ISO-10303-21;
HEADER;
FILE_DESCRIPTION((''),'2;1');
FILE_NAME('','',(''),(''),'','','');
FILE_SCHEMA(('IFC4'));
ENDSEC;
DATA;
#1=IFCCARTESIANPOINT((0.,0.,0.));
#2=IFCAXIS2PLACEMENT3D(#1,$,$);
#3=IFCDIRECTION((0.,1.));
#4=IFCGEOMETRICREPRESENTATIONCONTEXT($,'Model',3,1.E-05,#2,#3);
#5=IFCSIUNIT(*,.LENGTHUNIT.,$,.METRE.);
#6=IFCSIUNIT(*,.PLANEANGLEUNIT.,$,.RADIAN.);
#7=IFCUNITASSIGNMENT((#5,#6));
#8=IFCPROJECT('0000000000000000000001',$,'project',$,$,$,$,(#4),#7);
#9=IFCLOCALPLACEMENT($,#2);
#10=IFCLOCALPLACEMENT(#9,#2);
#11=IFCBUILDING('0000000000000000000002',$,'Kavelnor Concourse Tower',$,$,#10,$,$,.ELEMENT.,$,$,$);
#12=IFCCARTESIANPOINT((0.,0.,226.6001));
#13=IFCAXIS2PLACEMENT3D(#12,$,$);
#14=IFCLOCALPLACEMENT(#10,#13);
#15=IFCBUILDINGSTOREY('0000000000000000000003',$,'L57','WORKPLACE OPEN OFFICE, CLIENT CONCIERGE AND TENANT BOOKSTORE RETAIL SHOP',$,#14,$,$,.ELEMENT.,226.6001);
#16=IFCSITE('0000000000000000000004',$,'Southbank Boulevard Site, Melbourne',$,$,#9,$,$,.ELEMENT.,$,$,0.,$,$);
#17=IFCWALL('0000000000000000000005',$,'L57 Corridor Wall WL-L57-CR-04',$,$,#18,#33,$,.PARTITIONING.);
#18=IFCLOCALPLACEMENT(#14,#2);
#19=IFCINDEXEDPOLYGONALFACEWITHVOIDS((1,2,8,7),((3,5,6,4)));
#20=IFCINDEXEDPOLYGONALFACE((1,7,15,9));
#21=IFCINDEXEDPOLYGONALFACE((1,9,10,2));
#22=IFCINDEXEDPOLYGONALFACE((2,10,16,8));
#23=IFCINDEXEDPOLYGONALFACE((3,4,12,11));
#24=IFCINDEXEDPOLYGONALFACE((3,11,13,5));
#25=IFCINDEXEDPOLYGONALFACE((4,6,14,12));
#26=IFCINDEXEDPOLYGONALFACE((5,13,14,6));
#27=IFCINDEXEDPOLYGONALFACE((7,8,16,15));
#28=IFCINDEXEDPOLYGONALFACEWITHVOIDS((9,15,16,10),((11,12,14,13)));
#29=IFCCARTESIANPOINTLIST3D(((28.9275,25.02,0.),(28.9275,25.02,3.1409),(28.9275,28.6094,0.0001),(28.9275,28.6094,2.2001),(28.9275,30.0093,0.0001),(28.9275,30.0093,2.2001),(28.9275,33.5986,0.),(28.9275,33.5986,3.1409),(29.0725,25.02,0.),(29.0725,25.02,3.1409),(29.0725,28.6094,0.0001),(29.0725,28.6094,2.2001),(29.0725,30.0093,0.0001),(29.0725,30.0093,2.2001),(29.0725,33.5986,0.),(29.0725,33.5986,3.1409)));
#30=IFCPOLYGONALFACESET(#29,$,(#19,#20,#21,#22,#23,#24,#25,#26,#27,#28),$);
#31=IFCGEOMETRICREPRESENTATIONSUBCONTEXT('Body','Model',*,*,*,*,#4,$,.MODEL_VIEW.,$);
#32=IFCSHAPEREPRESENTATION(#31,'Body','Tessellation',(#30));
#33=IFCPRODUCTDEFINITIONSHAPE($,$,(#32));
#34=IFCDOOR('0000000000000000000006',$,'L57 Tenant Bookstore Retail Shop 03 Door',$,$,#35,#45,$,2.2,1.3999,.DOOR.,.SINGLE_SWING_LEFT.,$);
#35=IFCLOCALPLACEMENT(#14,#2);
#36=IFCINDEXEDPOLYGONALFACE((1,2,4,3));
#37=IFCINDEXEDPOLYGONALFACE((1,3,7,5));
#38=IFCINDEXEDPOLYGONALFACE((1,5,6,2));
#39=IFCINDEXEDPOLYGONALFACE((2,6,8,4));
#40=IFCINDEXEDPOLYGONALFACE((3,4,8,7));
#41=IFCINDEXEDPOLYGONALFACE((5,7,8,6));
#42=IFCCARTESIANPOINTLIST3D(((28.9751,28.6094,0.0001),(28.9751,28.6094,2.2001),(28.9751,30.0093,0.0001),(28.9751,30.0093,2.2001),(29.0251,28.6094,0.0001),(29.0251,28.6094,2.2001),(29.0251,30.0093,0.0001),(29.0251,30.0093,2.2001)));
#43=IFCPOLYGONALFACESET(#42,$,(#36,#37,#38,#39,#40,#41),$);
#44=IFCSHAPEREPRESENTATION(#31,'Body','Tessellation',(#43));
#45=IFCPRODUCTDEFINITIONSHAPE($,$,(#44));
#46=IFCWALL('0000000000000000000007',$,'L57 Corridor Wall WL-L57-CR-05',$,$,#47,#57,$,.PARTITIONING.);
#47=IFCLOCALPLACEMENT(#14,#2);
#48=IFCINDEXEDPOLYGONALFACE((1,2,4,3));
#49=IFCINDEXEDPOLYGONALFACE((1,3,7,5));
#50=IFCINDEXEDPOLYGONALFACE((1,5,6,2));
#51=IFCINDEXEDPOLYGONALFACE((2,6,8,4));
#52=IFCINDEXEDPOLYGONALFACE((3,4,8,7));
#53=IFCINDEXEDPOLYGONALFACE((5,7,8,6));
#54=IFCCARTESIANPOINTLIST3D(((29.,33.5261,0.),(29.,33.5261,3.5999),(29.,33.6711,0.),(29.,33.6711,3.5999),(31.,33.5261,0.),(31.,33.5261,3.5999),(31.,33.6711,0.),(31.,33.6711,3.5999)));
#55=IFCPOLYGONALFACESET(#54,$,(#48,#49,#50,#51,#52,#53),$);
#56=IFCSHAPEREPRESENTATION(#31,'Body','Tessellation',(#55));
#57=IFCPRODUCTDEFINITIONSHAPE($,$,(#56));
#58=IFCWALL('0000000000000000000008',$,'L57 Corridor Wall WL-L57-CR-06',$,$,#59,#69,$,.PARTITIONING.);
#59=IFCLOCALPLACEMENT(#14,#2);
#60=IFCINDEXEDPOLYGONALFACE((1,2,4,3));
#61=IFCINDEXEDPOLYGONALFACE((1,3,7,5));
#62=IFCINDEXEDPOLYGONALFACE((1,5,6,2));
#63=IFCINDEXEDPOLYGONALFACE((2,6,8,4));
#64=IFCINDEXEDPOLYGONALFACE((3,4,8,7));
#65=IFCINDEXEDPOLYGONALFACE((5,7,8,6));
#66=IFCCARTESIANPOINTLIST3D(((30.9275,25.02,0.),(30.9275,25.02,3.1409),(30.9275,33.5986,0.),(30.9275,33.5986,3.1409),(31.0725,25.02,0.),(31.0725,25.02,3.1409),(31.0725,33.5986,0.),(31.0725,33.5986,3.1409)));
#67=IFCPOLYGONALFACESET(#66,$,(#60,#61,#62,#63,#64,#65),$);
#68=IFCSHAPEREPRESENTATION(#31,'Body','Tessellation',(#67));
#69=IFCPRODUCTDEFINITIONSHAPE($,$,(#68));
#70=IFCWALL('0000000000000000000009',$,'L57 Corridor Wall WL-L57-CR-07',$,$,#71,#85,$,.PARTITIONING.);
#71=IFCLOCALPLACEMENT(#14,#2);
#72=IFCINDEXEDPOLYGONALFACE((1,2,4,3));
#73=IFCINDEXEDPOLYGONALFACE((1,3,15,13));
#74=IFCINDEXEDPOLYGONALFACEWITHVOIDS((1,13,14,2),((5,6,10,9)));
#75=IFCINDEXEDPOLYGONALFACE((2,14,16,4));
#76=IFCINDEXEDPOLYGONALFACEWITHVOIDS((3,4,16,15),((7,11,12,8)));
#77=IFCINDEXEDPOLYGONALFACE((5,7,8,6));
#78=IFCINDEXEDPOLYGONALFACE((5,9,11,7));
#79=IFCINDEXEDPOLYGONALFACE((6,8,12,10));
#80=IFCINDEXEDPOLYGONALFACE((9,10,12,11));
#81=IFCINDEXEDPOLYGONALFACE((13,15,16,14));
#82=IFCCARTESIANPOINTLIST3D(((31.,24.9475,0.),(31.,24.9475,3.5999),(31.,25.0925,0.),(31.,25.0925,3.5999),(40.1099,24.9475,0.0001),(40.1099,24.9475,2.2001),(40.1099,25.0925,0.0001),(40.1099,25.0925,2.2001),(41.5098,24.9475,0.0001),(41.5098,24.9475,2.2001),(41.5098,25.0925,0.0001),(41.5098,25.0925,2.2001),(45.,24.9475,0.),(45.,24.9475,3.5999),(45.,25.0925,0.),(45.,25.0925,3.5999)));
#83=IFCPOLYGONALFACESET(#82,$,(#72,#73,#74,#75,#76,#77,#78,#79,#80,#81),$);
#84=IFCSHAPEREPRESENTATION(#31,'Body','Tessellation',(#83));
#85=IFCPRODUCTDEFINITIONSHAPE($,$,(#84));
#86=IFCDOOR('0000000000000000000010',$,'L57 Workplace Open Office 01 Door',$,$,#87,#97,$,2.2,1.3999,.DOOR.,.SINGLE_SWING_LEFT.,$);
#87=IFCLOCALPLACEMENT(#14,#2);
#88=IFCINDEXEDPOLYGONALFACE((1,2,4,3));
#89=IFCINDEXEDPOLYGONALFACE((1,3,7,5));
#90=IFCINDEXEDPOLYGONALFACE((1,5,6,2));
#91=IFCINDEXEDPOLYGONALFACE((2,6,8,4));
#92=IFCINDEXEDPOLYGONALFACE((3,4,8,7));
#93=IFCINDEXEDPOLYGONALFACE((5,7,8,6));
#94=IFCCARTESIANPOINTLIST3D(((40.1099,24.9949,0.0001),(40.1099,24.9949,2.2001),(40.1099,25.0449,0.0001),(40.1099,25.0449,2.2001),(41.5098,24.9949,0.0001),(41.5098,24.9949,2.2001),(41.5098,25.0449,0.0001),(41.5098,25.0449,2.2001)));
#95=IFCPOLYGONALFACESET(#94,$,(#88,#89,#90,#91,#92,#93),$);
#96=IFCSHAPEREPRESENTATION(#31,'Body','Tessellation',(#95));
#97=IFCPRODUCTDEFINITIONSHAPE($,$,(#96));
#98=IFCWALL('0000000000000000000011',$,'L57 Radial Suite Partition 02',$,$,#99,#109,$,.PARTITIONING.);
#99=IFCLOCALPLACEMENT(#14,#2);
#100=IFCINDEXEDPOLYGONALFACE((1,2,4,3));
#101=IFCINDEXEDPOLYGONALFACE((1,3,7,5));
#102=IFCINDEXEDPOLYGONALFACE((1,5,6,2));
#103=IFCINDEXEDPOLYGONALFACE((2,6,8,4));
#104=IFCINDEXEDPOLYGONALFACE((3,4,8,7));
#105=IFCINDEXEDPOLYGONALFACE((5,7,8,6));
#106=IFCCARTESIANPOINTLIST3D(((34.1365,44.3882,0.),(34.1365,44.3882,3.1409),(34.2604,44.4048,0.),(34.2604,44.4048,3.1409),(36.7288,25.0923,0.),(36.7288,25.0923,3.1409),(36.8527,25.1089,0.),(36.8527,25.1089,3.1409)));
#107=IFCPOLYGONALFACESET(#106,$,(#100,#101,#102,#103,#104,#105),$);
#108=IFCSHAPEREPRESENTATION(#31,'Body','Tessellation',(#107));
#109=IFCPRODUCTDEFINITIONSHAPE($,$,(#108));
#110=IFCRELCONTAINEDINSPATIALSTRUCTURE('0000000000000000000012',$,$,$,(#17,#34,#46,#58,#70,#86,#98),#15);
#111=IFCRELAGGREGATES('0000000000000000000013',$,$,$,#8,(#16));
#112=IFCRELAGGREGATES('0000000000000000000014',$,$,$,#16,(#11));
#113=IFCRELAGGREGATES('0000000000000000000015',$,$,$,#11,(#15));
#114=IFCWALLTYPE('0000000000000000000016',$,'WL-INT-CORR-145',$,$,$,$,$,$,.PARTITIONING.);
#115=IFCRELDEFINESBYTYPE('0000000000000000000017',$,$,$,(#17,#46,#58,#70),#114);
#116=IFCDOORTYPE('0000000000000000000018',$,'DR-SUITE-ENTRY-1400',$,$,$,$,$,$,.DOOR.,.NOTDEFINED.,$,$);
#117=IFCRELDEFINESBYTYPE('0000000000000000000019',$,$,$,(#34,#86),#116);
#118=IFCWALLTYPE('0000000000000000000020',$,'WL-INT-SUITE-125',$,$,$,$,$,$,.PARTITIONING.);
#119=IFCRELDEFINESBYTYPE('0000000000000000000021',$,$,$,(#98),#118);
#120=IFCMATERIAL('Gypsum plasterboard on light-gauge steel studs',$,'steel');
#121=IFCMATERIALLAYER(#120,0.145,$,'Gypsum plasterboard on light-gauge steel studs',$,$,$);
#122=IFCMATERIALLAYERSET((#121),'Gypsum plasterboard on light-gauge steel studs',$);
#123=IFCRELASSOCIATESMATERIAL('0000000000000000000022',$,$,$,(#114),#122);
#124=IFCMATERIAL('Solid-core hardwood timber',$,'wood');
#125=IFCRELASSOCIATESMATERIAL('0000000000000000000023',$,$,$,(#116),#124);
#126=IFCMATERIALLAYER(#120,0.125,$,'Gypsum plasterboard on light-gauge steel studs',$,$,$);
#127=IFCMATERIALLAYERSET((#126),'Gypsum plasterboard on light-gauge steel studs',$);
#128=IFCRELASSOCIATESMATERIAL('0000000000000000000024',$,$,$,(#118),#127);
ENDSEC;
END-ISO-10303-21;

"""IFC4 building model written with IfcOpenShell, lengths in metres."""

from ifc_helpers import new_model, si_unit, direction, frame, frame_2d, origin, place, context, subcontext, project, spatial, rectangle, extrude, material, layer, layer_set, type_object, element, fill, save


model = new_model("IFC4")

# Units and contexts
model_context = context("Model", 3, precision=1e-05, world=origin(), true_north=direction((0.0, 1.0)))
body_context = subcontext(model_context, "Body", "Model", "MODEL_VIEW")
ifc_project = project(units=[si_unit("LENGTHUNIT", "METRE"), si_unit("PLANEANGLEUNIT", "RADIAN")], contexts=[model_context])

# Site, building, storey
site_placement = place(None, origin())
site = spatial("IfcSite", under=ifc_project, at=site_placement, Name="Southbank Boulevard Site, Melbourne", CompositionType="ELEMENT", RefElevation=0.0)
building_placement = place(site_placement, origin())
building = spatial("IfcBuilding", under=site, at=building_placement, Name="Kavelnor Concourse Tower", CompositionType="ELEMENT")
storey_placement = place(building_placement, frame((0.0, 0.0, 226.6001)))
storey = spatial("IfcBuildingStorey", under=building, at=storey_placement, Name="L57", Description="WORKPLACE OPEN OFFICE, CLIENT CONCIERGE AND TENANT BOOKSTORE RETAIL SHOP", CompositionType="ELEMENT", Elevation=226.6001)

# Shared definitions
ifc_material_1 = material(Name="Gypsum plasterboard on light-gauge steel studs", Category="steel")
ifc_layer_1 = layer(ifc_material_1, 0.145, Name="Gypsum plasterboard on light-gauge steel studs")
ifc_layer_set_1 = layer_set([ifc_layer_1], Name="Gypsum plasterboard on light-gauge steel studs")
wall_type_1 = type_object("IfcWallType", Name="WL-INT-CORR-145", PredefinedType="PARTITIONING", material=ifc_layer_set_1)

# Wall, opening, door
wall_1_placement = place(storey_placement, frame((29.0, 25.02, 0.0), z_axis=(0.0, 0.0, 1.0), x_axis=(0.0, 1.0, 0.0)))
wall_1 = element("IfcWall", 1, at=wall_1_placement, inside=storey, type_object=wall_type_1, Name="L57 Corridor Wall WL-L57-CR-04", PredefinedType="PARTITIONING", context=body_context, shape_type="SweptSolid", body=[
    extrude(rectangle(XDim=8.5786, YDim=0.145, at=frame_2d((4.2893, 0.0))), origin(), (0.0, 0.0, 1.0), 3.1409),
])
opening_1_placement = place(wall_1_placement, frame((3.5894, 0.0, 0.0)))
opening_1 = element("IfcOpeningElement", 2, at=opening_1_placement, cuts=wall_1, PredefinedType="OPENING", context=body_context, shape_type="SweptSolid", body=[
    extrude(rectangle(XDim=1.3999, YDim=2.2, at=frame_2d((0.7, 1.1001))), frame((0.0, 0.0825, 0.0), z_axis=(0.0, -1.0, 0.0), x_axis=(1.0, 0.0, 0.0)), (0.0, 0.0, 1.0), 0.165),
])
ifc_material_2 = material(Name="Solid-core hardwood timber", Category="wood")
door_type = type_object("IfcDoorType", Name="DR-SUITE-ENTRY-1400", OperationType="NOTDEFINED", PredefinedType="DOOR", material=ifc_material_2)
door_1_placement = place(opening_1_placement, origin())
door_1 = element("IfcDoor", 3, at=door_1_placement, inside=storey, type_object=door_type, Name="L57 Tenant Bookstore Retail Shop 03 Door", OperationType="SINGLE_SWING_LEFT", OverallHeight=2.2, OverallWidth=1.3999, PredefinedType="DOOR", context=body_context, shape_type="SweptSolid", body=[
    extrude(rectangle(XDim=1.3999, YDim=2.2, at=frame_2d((0.7, 1.1001))), frame((0.0, 0.0249, 0.0), z_axis=(0.0, -1.0, 0.0), x_axis=(1.0, 0.0, 0.0)), (0.0, 0.0, 1.0), 0.05),
])
fill(opening_1, door_1)

# Walls
wall_2_placement = place(storey_placement, frame((29.0, 33.5986, 0.0), z_axis=(0.0, 0.0, 1.0), x_axis=(1.0, 0.0, 0.0)))
element("IfcWall", 4, at=wall_2_placement, inside=storey, type_object=wall_type_1, Name="L57 Corridor Wall WL-L57-CR-05", PredefinedType="PARTITIONING", context=body_context, shape_type="SweptSolid", body=[
    extrude(rectangle(XDim=2.0, YDim=0.145, at=frame_2d((1.0, 0.0))), origin(), (0.0, 0.0, 1.0), 3.5999),
])
wall_3_placement = place(storey_placement, frame((31.0, 33.5986, 0.0), z_axis=(0.0, 0.0, 1.0), x_axis=(0.0, -1.0, 0.0)))
element("IfcWall", 5, at=wall_3_placement, inside=storey, type_object=wall_type_1, Name="L57 Corridor Wall WL-L57-CR-06", PredefinedType="PARTITIONING", context=body_context, shape_type="SweptSolid", body=[
    extrude(rectangle(XDim=8.5786, YDim=0.145, at=frame_2d((4.2893, 0.0))), origin(), (0.0, 0.0, 1.0), 3.1409),
])

# Wall, opening, door
wall_4_placement = place(storey_placement, frame((31.0, 25.02, 0.0), z_axis=(0.0, 0.0, 1.0), x_axis=(1.0, 0.0, 0.0)))
wall_4 = element("IfcWall", 6, at=wall_4_placement, inside=storey, type_object=wall_type_1, Name="L57 Corridor Wall WL-L57-CR-07", PredefinedType="PARTITIONING", context=body_context, shape_type="SweptSolid", body=[
    extrude(rectangle(XDim=14.0, YDim=0.145, at=frame_2d((7.0, 0.0))), origin(), (0.0, 0.0, 1.0), 3.5999),
])
opening_2_placement = place(wall_4_placement, frame((9.1099, 0.0, 0.0)))
opening_2 = element("IfcOpeningElement", 7, at=opening_2_placement, cuts=wall_4, PredefinedType="OPENING", context=body_context, shape_type="SweptSolid", body=[
    extrude(rectangle(XDim=1.3999, YDim=2.2, at=frame_2d((0.7, 1.1001))), frame((0.0, 0.0825, 0.0), z_axis=(0.0, -1.0, 0.0), x_axis=(1.0, 0.0, 0.0)), (0.0, 0.0, 1.0), 0.165),
])
door_2_placement = place(opening_2_placement, origin())
door_2 = element("IfcDoor", 8, at=door_2_placement, inside=storey, type_object=door_type, Name="L57 Workplace Open Office 01 Door", OperationType="SINGLE_SWING_LEFT", OverallHeight=2.2, OverallWidth=1.3999, PredefinedType="DOOR", context=body_context, shape_type="SweptSolid", body=[
    extrude(rectangle(XDim=1.3999, YDim=2.2, at=frame_2d((0.7, 1.1001))), frame((0.0, 0.0249, 0.0), z_axis=(0.0, -1.0, 0.0), x_axis=(1.0, 0.0, 0.0)), (0.0, 0.0, 1.0), 0.05),
])
fill(opening_2, door_2)

# Wall
ifc_layer_2 = layer(ifc_material_1, 0.125, Name="Gypsum plasterboard on light-gauge steel studs")
ifc_layer_set_2 = layer_set([ifc_layer_2], Name="Gypsum plasterboard on light-gauge steel studs")
wall_type_2 = type_object("IfcWallType", Name="WL-INT-SUITE-125", PredefinedType="PARTITIONING", material=ifc_layer_set_2)
wall_5_placement = place(storey_placement, frame((36.7908, 25.1006, 0.0), z_axis=(0.0, 0.0, 1.0), x_axis=(-0.133148, 0.991096, 0.0)))
element("IfcWall", 9, at=wall_5_placement, inside=storey, type_object=wall_type_2, Name="L57 Radial Suite Partition 02", PredefinedType="PARTITIONING", context=body_context, shape_type="SweptSolid", body=[
    extrude(rectangle(XDim=19.4692, YDim=0.125, at=frame_2d((9.7346, 0.0))), origin(), (0.0, 0.0, 1.0), 3.1409),
])

save(model, "model.ifc")
